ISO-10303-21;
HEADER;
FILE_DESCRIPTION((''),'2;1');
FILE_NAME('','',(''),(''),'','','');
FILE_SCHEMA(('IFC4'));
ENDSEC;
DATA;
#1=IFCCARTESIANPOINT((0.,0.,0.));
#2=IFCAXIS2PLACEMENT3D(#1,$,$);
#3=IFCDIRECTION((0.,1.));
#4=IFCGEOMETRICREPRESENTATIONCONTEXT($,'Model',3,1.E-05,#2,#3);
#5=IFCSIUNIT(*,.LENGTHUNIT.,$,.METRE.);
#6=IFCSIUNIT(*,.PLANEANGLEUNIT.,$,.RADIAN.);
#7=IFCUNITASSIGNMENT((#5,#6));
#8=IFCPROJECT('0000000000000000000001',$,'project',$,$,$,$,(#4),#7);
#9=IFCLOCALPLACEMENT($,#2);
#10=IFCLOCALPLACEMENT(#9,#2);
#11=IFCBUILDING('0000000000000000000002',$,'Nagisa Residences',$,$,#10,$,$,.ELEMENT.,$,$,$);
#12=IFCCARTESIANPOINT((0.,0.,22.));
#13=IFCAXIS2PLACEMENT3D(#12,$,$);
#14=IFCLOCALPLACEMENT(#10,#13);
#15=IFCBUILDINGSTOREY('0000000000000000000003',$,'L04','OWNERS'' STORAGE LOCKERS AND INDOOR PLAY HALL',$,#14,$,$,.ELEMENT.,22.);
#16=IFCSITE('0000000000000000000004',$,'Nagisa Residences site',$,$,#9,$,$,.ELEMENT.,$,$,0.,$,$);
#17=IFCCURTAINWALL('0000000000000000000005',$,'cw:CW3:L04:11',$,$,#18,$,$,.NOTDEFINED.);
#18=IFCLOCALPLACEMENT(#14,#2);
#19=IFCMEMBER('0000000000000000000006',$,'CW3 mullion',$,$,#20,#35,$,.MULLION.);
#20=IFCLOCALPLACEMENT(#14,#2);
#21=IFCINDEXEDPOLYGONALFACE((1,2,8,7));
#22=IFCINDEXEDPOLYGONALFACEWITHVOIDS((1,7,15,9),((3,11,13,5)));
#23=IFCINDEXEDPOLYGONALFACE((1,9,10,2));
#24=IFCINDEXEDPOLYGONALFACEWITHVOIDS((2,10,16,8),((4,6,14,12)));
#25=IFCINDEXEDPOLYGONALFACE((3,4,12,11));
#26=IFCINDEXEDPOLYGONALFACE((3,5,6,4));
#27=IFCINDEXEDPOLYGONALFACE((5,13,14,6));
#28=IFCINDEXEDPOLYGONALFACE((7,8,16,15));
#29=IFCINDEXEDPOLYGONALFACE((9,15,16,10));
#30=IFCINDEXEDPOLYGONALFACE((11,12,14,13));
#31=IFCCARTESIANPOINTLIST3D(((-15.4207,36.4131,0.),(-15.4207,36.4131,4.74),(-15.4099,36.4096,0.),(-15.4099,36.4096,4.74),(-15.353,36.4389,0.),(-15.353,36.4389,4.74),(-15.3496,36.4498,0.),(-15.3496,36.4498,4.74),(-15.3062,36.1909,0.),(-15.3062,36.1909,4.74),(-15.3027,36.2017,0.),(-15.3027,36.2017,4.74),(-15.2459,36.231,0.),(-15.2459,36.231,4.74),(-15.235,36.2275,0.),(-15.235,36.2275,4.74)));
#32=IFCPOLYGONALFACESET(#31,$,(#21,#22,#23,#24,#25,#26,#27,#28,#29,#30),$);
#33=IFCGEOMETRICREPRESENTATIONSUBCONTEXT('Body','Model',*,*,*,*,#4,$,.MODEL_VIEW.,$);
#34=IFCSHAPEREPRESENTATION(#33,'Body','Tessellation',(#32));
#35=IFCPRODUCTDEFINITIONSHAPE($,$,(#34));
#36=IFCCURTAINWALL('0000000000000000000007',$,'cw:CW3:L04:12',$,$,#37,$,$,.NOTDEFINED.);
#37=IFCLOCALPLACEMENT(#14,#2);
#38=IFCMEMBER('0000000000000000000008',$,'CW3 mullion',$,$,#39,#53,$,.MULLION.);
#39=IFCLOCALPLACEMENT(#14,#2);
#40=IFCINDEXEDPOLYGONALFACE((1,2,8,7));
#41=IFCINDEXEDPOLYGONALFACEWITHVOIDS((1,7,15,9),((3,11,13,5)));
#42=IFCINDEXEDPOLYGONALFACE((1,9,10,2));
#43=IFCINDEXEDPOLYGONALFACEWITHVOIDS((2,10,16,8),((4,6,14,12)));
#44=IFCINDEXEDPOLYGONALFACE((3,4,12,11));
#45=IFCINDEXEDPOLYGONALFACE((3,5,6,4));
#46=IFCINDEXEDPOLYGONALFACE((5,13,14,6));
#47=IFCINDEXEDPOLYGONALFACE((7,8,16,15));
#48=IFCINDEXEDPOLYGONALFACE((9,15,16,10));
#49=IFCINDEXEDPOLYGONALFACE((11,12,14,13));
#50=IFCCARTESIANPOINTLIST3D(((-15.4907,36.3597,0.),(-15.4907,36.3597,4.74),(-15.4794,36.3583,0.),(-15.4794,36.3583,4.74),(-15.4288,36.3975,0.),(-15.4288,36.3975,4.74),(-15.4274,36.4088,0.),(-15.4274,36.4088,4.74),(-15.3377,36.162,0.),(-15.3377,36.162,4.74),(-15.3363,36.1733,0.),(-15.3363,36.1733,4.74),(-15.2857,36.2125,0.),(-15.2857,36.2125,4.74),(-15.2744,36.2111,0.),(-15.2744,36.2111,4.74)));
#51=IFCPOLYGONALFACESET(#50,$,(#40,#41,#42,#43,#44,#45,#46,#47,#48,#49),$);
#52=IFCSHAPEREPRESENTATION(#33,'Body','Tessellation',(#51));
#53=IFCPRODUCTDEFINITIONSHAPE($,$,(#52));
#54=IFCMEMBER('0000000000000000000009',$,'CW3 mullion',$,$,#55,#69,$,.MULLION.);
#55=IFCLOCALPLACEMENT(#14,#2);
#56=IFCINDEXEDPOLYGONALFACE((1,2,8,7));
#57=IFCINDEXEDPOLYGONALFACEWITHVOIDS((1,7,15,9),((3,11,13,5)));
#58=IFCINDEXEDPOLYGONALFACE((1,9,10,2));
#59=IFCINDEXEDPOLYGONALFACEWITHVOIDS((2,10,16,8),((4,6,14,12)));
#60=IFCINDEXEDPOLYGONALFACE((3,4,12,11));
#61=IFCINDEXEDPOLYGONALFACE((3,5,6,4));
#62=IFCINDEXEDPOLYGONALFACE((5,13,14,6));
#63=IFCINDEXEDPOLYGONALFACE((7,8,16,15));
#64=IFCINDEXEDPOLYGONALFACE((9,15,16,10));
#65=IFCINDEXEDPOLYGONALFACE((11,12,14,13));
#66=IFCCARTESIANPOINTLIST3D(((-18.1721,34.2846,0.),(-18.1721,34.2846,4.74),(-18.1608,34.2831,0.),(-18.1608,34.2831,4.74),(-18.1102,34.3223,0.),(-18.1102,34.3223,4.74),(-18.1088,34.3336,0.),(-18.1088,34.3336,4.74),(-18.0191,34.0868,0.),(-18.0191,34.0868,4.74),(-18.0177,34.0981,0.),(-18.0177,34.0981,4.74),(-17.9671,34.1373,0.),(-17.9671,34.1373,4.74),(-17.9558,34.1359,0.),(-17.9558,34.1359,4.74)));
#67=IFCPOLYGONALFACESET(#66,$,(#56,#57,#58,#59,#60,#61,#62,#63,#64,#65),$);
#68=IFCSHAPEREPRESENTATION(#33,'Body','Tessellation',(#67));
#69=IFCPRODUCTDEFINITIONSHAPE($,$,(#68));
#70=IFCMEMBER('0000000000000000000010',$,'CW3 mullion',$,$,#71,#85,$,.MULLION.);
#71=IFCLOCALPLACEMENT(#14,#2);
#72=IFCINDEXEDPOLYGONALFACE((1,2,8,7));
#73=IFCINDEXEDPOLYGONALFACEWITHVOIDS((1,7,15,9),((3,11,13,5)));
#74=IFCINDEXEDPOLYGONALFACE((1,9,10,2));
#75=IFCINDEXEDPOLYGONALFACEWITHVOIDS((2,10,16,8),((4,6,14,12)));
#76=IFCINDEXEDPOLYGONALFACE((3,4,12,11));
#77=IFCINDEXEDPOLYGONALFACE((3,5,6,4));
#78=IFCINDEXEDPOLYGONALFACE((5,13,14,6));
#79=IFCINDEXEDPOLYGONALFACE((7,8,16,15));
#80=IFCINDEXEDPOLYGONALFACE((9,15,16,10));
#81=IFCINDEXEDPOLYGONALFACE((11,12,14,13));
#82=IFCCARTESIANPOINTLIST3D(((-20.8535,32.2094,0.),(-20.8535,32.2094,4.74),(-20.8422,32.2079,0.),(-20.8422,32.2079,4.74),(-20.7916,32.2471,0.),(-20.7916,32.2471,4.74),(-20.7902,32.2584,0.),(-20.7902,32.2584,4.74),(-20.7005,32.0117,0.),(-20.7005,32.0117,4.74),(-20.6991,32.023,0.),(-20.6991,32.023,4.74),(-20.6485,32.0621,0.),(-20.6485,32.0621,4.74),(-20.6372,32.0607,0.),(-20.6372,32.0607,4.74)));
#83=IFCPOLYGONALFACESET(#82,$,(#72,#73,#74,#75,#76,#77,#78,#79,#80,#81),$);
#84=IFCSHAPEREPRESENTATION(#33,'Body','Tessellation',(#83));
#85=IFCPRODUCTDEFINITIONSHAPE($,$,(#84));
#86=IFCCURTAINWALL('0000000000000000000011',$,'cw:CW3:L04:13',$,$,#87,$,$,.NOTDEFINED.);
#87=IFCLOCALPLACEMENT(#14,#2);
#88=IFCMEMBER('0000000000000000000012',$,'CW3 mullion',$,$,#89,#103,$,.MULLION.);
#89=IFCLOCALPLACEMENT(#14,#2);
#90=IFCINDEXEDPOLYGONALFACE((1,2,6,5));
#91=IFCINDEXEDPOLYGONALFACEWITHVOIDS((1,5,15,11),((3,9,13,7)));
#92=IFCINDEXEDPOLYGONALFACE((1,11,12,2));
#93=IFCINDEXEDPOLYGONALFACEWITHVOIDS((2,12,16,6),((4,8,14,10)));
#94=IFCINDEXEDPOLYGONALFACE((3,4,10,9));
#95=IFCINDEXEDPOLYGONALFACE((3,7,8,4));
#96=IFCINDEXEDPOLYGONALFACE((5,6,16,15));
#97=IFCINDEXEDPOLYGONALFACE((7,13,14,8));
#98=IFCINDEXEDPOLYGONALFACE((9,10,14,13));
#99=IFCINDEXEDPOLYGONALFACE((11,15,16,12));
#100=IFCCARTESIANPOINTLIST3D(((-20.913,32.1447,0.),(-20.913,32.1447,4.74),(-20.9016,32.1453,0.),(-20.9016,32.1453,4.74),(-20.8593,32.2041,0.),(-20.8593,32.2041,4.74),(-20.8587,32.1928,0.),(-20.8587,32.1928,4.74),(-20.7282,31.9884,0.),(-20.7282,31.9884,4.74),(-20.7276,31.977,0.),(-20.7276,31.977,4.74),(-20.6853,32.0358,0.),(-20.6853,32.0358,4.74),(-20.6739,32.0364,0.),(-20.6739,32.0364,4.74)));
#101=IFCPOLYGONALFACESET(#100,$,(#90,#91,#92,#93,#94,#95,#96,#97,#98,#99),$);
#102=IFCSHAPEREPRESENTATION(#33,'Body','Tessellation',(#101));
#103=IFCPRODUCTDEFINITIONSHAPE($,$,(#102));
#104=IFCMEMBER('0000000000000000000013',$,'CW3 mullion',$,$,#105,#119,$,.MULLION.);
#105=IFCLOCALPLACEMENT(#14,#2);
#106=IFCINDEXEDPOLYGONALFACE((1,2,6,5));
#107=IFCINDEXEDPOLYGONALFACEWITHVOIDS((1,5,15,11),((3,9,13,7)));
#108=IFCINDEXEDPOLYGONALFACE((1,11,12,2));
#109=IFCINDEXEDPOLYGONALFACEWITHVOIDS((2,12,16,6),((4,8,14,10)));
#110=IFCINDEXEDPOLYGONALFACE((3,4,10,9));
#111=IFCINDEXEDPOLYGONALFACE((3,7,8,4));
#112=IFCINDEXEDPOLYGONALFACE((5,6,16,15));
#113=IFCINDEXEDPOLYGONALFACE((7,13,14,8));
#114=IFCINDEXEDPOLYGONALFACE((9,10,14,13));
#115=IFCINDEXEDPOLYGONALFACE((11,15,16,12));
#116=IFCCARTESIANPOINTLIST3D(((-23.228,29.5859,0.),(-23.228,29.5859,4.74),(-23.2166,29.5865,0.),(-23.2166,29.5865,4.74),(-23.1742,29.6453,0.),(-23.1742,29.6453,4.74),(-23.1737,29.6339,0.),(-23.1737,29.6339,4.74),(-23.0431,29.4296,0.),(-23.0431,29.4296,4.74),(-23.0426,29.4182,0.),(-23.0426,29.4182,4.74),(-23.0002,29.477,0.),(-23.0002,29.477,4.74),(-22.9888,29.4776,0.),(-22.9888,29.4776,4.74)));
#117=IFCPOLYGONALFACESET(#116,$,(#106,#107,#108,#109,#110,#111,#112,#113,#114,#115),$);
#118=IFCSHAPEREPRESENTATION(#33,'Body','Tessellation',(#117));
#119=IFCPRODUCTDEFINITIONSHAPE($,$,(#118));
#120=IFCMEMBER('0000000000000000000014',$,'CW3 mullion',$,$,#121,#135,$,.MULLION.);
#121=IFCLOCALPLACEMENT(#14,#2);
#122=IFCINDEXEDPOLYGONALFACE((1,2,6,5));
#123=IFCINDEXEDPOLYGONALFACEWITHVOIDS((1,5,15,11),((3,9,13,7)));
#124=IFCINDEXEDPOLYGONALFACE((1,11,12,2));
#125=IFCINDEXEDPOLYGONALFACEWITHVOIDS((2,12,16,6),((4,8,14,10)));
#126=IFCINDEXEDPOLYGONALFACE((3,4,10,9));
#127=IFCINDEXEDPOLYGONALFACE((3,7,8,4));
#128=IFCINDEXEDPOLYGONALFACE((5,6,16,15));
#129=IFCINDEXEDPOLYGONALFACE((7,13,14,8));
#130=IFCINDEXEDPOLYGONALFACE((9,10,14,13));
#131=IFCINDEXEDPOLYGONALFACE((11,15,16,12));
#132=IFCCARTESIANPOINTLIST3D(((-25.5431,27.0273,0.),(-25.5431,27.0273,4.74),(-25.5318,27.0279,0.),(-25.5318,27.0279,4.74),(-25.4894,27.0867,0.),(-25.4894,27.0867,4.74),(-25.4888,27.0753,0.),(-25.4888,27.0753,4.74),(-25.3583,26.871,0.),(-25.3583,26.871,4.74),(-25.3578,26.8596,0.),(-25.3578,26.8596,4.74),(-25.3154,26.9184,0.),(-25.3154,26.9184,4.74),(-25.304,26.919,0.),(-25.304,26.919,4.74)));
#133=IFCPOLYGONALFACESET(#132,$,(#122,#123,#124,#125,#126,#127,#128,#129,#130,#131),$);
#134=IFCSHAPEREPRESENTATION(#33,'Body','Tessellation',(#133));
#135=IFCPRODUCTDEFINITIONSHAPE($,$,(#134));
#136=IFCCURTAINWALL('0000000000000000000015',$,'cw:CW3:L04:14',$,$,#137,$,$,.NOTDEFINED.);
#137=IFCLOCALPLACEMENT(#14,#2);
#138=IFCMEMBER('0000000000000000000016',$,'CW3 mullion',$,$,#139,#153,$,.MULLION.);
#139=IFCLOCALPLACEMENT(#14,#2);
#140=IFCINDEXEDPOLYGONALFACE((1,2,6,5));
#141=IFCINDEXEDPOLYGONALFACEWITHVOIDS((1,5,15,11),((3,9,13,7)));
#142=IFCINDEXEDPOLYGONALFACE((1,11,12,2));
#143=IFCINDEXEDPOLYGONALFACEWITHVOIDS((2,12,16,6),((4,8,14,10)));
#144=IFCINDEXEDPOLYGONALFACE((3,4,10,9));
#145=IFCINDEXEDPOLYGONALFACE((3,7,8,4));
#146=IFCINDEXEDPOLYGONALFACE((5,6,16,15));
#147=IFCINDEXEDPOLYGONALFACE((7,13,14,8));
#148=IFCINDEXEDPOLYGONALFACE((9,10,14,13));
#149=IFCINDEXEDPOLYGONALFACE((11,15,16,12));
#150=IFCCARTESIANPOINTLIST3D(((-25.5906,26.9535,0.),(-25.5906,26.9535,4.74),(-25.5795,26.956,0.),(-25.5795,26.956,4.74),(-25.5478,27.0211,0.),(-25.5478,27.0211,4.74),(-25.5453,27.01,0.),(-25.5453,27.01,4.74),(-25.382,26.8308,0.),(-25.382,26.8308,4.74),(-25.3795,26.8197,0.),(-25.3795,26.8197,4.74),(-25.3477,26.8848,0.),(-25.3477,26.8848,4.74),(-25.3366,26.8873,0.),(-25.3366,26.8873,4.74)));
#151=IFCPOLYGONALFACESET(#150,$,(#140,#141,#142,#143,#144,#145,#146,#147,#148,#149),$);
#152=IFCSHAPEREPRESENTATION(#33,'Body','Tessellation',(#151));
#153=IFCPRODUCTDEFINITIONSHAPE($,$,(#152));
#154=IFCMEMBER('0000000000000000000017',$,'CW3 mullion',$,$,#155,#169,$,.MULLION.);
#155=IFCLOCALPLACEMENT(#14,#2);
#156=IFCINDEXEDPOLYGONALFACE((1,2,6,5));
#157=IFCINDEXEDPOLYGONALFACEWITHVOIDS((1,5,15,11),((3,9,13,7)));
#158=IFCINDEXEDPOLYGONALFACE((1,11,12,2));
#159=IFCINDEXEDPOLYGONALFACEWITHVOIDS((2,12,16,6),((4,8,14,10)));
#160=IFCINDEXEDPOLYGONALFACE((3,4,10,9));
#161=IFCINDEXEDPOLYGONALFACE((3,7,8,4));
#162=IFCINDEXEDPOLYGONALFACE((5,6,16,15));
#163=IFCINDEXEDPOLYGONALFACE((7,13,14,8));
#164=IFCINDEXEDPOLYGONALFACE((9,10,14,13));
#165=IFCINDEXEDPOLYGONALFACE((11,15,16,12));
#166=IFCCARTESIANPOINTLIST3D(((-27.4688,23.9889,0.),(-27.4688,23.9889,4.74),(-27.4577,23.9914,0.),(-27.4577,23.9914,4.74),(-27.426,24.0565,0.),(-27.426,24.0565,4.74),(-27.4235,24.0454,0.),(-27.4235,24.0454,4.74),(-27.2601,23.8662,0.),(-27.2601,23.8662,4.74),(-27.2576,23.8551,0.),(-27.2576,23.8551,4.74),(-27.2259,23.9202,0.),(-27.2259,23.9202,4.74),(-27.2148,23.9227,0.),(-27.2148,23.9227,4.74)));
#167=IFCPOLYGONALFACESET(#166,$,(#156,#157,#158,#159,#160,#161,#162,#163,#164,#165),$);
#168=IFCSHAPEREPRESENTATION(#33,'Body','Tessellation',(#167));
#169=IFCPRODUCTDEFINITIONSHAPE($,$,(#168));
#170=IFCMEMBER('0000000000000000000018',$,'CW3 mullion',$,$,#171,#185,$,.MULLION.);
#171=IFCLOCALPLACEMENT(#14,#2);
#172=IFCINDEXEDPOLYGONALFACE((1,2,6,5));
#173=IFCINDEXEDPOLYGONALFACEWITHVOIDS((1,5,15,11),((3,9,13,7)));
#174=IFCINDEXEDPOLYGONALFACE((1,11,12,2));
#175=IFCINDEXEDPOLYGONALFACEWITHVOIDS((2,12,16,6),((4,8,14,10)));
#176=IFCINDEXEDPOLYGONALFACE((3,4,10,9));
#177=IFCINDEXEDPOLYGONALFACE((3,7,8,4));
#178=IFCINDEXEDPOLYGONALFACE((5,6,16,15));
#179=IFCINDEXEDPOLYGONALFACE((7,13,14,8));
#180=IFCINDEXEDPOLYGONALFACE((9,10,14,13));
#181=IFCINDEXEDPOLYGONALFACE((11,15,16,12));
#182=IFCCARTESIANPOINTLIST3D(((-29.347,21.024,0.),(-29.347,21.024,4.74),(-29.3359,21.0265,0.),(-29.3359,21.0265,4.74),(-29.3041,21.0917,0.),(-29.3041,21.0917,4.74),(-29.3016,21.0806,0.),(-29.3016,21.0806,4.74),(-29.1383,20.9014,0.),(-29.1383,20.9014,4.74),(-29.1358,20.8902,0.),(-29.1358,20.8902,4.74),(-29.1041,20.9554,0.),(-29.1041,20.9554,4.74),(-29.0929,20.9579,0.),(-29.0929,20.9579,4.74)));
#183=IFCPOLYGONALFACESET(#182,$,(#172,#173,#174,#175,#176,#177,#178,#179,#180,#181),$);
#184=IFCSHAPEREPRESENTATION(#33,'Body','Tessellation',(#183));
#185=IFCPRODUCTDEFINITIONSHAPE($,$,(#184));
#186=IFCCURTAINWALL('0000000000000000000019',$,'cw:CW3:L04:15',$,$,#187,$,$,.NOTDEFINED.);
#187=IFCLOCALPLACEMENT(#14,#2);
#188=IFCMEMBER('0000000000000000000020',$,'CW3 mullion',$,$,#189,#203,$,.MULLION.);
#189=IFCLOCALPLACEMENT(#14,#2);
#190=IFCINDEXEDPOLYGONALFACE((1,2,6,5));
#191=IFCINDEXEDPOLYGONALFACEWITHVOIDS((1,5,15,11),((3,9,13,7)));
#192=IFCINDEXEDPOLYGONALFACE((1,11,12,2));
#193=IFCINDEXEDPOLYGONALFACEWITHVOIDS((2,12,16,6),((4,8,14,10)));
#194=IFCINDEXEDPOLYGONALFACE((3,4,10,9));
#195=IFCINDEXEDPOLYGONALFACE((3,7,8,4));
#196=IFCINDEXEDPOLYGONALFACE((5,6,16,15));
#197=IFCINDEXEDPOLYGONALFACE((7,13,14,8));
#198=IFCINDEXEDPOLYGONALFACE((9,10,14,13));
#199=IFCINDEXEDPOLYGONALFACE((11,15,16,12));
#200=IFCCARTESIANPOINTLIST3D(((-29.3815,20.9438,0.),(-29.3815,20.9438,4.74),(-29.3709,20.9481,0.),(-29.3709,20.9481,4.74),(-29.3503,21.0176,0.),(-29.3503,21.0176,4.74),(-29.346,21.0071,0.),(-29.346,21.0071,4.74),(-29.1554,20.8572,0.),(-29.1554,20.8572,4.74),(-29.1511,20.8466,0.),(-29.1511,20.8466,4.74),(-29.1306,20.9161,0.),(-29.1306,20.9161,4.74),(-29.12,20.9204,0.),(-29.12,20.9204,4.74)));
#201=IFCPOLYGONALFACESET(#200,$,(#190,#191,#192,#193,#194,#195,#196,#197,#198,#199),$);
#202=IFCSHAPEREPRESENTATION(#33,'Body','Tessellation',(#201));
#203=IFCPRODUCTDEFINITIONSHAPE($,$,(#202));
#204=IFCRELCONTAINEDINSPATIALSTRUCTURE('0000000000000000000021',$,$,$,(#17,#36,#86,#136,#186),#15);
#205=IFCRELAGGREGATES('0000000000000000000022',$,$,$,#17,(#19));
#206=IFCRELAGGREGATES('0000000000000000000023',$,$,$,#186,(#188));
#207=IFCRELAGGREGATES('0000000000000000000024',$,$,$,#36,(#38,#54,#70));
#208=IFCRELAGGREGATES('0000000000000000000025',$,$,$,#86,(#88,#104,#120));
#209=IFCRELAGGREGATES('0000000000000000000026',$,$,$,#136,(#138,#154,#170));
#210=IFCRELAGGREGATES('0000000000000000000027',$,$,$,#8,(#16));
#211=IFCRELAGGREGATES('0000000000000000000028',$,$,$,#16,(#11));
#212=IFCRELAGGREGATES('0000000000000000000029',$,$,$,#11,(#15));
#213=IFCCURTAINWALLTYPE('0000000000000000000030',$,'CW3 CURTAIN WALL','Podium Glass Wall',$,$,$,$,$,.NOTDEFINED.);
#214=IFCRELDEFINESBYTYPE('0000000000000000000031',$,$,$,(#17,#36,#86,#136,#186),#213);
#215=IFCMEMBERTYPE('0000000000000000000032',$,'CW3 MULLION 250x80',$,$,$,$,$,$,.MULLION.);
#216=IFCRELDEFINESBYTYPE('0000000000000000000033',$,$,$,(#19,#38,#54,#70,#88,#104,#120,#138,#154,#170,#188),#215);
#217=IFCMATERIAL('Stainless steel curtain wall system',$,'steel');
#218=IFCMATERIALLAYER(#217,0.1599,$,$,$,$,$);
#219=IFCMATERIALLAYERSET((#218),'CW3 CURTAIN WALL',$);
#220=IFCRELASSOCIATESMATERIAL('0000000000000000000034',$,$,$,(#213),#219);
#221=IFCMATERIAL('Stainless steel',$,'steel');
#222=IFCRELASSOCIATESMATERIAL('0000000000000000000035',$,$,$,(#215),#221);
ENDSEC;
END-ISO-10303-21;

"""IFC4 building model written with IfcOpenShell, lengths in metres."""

from ifc_helpers import new_model, si_unit, direction, frame, origin, origin_2d, place, context, subcontext, project, spatial, hollow_rectangle, extrude, material, layer, layer_set, material_profile, profile_set, type_object, element, aggregate, save


model = new_model("IFC4")

# Units and contexts
model_context = context("Model", 3, precision=1e-05, world=origin(), true_north=direction((0.0, 1.0)))
body_context = subcontext(model_context, "Body", "Model", "MODEL_VIEW")
ifc_project = project(units=[si_unit("LENGTHUNIT", "METRE"), si_unit("PLANEANGLEUNIT", "RADIAN")], contexts=[model_context])

# Site, building, storey
site_placement = place(None, origin())
site = spatial("IfcSite", under=ifc_project, at=site_placement, Name="Nagisa Residences site", CompositionType="ELEMENT", RefElevation=0.0)
building_placement = place(site_placement, origin())
building = spatial("IfcBuilding", under=site, at=building_placement, Name="Nagisa Residences", CompositionType="ELEMENT")
storey_placement = place(building_placement, frame((0.0, 0.0, 22.0)))
storey = spatial("IfcBuildingStorey", under=building, at=storey_placement, Name="L04", Description="OWNERS' STORAGE LOCKERS AND INDOOR PLAY HALL", CompositionType="ELEMENT", Elevation=22.0)

# Curtain wall, member
ifc_material_1 = material(Name="Stainless steel curtain wall system", Category="steel")
ifc_layer_1 = layer(ifc_material_1, 0.1599)
ifc_layer_set_1 = layer_set([ifc_layer_1], Name="CW3 CURTAIN WALL")
curtain_wall_type_1 = type_object("IfcCurtainWallType", Name="CW3 CURTAIN WALL", Description="Podium Glass Wall", PredefinedType="NOTDEFINED", material=ifc_layer_set_1)
curtain_wall_1_placement = place(storey_placement, origin())
curtain_wall_1 = element("IfcCurtainWall", 1, at=curtain_wall_1_placement, inside=storey, type_object=curtain_wall_type_1, Name="cw:CW3:L04:11", PredefinedType="NOTDEFINED")
ifc_material_2 = material(Name="Stainless steel", Category="steel")
ifc_material_profile_1 = material_profile(ifc_material_2, hollow_rectangle(XDim=0.25, YDim=0.0801, WallThickness=0.0081, at=origin_2d()), Name="CW3 MULLION 250x80")
ifc_profile_set_1 = profile_set([ifc_material_profile_1], Name="Stainless steel")
member_type_1 = type_object("IfcMemberType", Name="CW3 MULLION 250x80", PredefinedType="MULLION", material=ifc_profile_set_1)
member_1_placement = place(storey_placement, frame((-15.3279, 36.3203, 0.0), z_axis=(0.0, 0.0, 1.0), x_axis=(0.458126, -0.888887, 0.0)))
member_1 = element("IfcMember", 2, at=member_1_placement, type_object=member_type_1, Name="CW3 mullion", PredefinedType="MULLION", context=body_context, shape_type="SweptSolid", body=[
    extrude(hollow_rectangle(XDim=0.25, YDim=0.0801, WallThickness=0.0081, at=origin_2d()), origin(), (0.0, 0.0, 1.0), 4.74),
])
aggregate(curtain_wall_1, [member_1])

# Curtain walls, members
curtain_wall_2_placement = place(storey_placement, origin())
curtain_wall_2 = element("IfcCurtainWall", 3, at=curtain_wall_2_placement, inside=storey, type_object=curtain_wall_type_1, Name="cw:CW3:L04:12", PredefinedType="NOTDEFINED")
member_2_placement = place(storey_placement, frame((-15.3826, 36.2854, 0.0), z_axis=(0.0, 0.0, 1.0), x_axis=(0.612035, -0.790831, 0.0)))
member_2 = element("IfcMember", 4, at=member_2_placement, type_object=member_type_1, Name="CW3 mullion", PredefinedType="MULLION", context=body_context, shape_type="SweptSolid", body=[
    extrude(hollow_rectangle(XDim=0.25, YDim=0.0801, WallThickness=0.0081, at=origin_2d()), origin(), (0.0, 0.0, 1.0), 4.74),
])
member_3_placement = place(storey_placement, frame((-18.064, 34.2102, 0.0), z_axis=(0.0, 0.0, 1.0), x_axis=(0.612035, -0.790831, 0.0)))
member_3 = element("IfcMember", 5, at=member_3_placement, type_object=member_type_1, Name="CW3 mullion", PredefinedType="MULLION", context=body_context, shape_type="SweptSolid", body=[
    extrude(hollow_rectangle(XDim=0.25, YDim=0.0801, WallThickness=0.0081, at=origin_2d()), origin(), (0.0, 0.0, 1.0), 4.74),
])
member_4_placement = place(storey_placement, frame((-20.7454, 32.135, 0.0), z_axis=(0.0, 0.0, 1.0), x_axis=(0.612035, -0.790831, 0.0)))
member_4 = element("IfcMember", 6, at=member_4_placement, type_object=member_type_1, Name="CW3 mullion", PredefinedType="MULLION", context=body_context, shape_type="SweptSolid", body=[
    extrude(hollow_rectangle(XDim=0.25, YDim=0.0801, WallThickness=0.0081, at=origin_2d()), origin(), (0.0, 0.0, 1.0), 4.74),
])
curtain_wall_3_placement = place(storey_placement, origin())
curtain_wall_3 = element("IfcCurtainWall", 7, at=curtain_wall_3_placement, inside=storey, type_object=curtain_wall_type_1, Name="cw:CW3:L04:13", PredefinedType="NOTDEFINED")
member_5_placement = place(storey_placement, frame((-20.7935, 32.0906, 0.0), z_axis=(0.0, 0.0, 1.0), x_axis=(0.741536, -0.670913, 0.0)))
member_5 = element("IfcMember", 8, at=member_5_placement, type_object=member_type_1, Name="CW3 mullion", PredefinedType="MULLION", context=body_context, shape_type="SweptSolid", body=[
    extrude(hollow_rectangle(XDim=0.25, YDim=0.0801, WallThickness=0.0081, at=origin_2d()), origin(), (0.0, 0.0, 1.0), 4.74),
])
member_6_placement = place(storey_placement, frame((-23.1084, 29.5317, 0.0), z_axis=(0.0, 0.0, 1.0), x_axis=(0.741536, -0.670913, 0.0)))
member_6 = element("IfcMember", 9, at=member_6_placement, type_object=member_type_1, Name="CW3 mullion", PredefinedType="MULLION", context=body_context, shape_type="SweptSolid", body=[
    extrude(hollow_rectangle(XDim=0.25, YDim=0.0801, WallThickness=0.0081, at=origin_2d()), origin(), (0.0, 0.0, 1.0), 4.74),
])
member_7_placement = place(storey_placement, frame((-25.4236, 26.9731, 0.0), z_axis=(0.0, 0.0, 1.0), x_axis=(0.741536, -0.670913, 0.0)))
member_7 = element("IfcMember", 10, at=member_7_placement, type_object=member_type_1, Name="CW3 mullion", PredefinedType="MULLION", context=body_context, shape_type="SweptSolid", body=[
    extrude(hollow_rectangle(XDim=0.25, YDim=0.0801, WallThickness=0.0081, at=origin_2d()), origin(), (0.0, 0.0, 1.0), 4.74),
])
curtain_wall_4_placement = place(storey_placement, origin())
curtain_wall_4 = element("IfcCurtainWall", 11, at=curtain_wall_4_placement, inside=storey, type_object=curtain_wall_type_1, Name="cw:CW3:L04:14", PredefinedType="NOTDEFINED")
member_8_placement = place(storey_placement, frame((-25.4636, 26.9204, 0.0), z_axis=(0.0, 0.0, 1.0), x_axis=(0.844747, -0.535165, 0.0)))
member_8 = element("IfcMember", 12, at=member_8_placement, type_object=member_type_1, Name="CW3 mullion", PredefinedType="MULLION", context=body_context, shape_type="SweptSolid", body=[
    extrude(hollow_rectangle(XDim=0.25, YDim=0.0801, WallThickness=0.0081, at=origin_2d()), origin(), (0.0, 0.0, 1.0), 4.74),
])
member_9_placement = place(storey_placement, frame((-27.3418, 23.9558, 0.0), z_axis=(0.0, 0.0, 1.0), x_axis=(0.844747, -0.535165, 0.0)))
member_9 = element("IfcMember", 13, at=member_9_placement, type_object=member_type_1, Name="CW3 mullion", PredefinedType="MULLION", context=body_context, shape_type="SweptSolid", body=[
    extrude(hollow_rectangle(XDim=0.25, YDim=0.0801, WallThickness=0.0081, at=origin_2d()), origin(), (0.0, 0.0, 1.0), 4.74),
])
member_10_placement = place(storey_placement, frame((-29.22, 20.991, 0.0), z_axis=(0.0, 0.0, 1.0), x_axis=(0.844747, -0.535165, 0.0)))
member_10 = element("IfcMember", 14, at=member_10_placement, type_object=member_type_1, Name="CW3 mullion", PredefinedType="MULLION", context=body_context, shape_type="SweptSolid", body=[
    extrude(hollow_rectangle(XDim=0.25, YDim=0.0801, WallThickness=0.0081, at=origin_2d()), origin(), (0.0, 0.0, 1.0), 4.74),
])

# Curtain wall, member
curtain_wall_5_placement = place(storey_placement, origin())
curtain_wall_5 = element("IfcCurtainWall", 15, at=curtain_wall_5_placement, inside=storey, type_object=curtain_wall_type_1, Name="cw:CW3:L04:15", PredefinedType="NOTDEFINED")
member_11_placement = place(storey_placement, frame((-29.2507, 20.9321, 0.0), z_axis=(0.0, 0.0, 1.0), x_axis=(0.921357, -0.388718, 0.0)))
member_11 = element("IfcMember", 16, at=member_11_placement, type_object=member_type_1, Name="CW3 mullion", PredefinedType="MULLION", context=body_context, shape_type="SweptSolid", body=[
    extrude(hollow_rectangle(XDim=0.25, YDim=0.0801, WallThickness=0.0081, at=origin_2d()), origin(), (0.0, 0.0, 1.0), 4.74),
])

aggregate(curtain_wall_5, [member_11])

aggregate(curtain_wall_2, [member_2, member_3, member_4])
aggregate(curtain_wall_3, [member_5, member_6, member_7])
aggregate(curtain_wall_4, [member_8, member_9, member_10])

save(model, "model.ifc")
